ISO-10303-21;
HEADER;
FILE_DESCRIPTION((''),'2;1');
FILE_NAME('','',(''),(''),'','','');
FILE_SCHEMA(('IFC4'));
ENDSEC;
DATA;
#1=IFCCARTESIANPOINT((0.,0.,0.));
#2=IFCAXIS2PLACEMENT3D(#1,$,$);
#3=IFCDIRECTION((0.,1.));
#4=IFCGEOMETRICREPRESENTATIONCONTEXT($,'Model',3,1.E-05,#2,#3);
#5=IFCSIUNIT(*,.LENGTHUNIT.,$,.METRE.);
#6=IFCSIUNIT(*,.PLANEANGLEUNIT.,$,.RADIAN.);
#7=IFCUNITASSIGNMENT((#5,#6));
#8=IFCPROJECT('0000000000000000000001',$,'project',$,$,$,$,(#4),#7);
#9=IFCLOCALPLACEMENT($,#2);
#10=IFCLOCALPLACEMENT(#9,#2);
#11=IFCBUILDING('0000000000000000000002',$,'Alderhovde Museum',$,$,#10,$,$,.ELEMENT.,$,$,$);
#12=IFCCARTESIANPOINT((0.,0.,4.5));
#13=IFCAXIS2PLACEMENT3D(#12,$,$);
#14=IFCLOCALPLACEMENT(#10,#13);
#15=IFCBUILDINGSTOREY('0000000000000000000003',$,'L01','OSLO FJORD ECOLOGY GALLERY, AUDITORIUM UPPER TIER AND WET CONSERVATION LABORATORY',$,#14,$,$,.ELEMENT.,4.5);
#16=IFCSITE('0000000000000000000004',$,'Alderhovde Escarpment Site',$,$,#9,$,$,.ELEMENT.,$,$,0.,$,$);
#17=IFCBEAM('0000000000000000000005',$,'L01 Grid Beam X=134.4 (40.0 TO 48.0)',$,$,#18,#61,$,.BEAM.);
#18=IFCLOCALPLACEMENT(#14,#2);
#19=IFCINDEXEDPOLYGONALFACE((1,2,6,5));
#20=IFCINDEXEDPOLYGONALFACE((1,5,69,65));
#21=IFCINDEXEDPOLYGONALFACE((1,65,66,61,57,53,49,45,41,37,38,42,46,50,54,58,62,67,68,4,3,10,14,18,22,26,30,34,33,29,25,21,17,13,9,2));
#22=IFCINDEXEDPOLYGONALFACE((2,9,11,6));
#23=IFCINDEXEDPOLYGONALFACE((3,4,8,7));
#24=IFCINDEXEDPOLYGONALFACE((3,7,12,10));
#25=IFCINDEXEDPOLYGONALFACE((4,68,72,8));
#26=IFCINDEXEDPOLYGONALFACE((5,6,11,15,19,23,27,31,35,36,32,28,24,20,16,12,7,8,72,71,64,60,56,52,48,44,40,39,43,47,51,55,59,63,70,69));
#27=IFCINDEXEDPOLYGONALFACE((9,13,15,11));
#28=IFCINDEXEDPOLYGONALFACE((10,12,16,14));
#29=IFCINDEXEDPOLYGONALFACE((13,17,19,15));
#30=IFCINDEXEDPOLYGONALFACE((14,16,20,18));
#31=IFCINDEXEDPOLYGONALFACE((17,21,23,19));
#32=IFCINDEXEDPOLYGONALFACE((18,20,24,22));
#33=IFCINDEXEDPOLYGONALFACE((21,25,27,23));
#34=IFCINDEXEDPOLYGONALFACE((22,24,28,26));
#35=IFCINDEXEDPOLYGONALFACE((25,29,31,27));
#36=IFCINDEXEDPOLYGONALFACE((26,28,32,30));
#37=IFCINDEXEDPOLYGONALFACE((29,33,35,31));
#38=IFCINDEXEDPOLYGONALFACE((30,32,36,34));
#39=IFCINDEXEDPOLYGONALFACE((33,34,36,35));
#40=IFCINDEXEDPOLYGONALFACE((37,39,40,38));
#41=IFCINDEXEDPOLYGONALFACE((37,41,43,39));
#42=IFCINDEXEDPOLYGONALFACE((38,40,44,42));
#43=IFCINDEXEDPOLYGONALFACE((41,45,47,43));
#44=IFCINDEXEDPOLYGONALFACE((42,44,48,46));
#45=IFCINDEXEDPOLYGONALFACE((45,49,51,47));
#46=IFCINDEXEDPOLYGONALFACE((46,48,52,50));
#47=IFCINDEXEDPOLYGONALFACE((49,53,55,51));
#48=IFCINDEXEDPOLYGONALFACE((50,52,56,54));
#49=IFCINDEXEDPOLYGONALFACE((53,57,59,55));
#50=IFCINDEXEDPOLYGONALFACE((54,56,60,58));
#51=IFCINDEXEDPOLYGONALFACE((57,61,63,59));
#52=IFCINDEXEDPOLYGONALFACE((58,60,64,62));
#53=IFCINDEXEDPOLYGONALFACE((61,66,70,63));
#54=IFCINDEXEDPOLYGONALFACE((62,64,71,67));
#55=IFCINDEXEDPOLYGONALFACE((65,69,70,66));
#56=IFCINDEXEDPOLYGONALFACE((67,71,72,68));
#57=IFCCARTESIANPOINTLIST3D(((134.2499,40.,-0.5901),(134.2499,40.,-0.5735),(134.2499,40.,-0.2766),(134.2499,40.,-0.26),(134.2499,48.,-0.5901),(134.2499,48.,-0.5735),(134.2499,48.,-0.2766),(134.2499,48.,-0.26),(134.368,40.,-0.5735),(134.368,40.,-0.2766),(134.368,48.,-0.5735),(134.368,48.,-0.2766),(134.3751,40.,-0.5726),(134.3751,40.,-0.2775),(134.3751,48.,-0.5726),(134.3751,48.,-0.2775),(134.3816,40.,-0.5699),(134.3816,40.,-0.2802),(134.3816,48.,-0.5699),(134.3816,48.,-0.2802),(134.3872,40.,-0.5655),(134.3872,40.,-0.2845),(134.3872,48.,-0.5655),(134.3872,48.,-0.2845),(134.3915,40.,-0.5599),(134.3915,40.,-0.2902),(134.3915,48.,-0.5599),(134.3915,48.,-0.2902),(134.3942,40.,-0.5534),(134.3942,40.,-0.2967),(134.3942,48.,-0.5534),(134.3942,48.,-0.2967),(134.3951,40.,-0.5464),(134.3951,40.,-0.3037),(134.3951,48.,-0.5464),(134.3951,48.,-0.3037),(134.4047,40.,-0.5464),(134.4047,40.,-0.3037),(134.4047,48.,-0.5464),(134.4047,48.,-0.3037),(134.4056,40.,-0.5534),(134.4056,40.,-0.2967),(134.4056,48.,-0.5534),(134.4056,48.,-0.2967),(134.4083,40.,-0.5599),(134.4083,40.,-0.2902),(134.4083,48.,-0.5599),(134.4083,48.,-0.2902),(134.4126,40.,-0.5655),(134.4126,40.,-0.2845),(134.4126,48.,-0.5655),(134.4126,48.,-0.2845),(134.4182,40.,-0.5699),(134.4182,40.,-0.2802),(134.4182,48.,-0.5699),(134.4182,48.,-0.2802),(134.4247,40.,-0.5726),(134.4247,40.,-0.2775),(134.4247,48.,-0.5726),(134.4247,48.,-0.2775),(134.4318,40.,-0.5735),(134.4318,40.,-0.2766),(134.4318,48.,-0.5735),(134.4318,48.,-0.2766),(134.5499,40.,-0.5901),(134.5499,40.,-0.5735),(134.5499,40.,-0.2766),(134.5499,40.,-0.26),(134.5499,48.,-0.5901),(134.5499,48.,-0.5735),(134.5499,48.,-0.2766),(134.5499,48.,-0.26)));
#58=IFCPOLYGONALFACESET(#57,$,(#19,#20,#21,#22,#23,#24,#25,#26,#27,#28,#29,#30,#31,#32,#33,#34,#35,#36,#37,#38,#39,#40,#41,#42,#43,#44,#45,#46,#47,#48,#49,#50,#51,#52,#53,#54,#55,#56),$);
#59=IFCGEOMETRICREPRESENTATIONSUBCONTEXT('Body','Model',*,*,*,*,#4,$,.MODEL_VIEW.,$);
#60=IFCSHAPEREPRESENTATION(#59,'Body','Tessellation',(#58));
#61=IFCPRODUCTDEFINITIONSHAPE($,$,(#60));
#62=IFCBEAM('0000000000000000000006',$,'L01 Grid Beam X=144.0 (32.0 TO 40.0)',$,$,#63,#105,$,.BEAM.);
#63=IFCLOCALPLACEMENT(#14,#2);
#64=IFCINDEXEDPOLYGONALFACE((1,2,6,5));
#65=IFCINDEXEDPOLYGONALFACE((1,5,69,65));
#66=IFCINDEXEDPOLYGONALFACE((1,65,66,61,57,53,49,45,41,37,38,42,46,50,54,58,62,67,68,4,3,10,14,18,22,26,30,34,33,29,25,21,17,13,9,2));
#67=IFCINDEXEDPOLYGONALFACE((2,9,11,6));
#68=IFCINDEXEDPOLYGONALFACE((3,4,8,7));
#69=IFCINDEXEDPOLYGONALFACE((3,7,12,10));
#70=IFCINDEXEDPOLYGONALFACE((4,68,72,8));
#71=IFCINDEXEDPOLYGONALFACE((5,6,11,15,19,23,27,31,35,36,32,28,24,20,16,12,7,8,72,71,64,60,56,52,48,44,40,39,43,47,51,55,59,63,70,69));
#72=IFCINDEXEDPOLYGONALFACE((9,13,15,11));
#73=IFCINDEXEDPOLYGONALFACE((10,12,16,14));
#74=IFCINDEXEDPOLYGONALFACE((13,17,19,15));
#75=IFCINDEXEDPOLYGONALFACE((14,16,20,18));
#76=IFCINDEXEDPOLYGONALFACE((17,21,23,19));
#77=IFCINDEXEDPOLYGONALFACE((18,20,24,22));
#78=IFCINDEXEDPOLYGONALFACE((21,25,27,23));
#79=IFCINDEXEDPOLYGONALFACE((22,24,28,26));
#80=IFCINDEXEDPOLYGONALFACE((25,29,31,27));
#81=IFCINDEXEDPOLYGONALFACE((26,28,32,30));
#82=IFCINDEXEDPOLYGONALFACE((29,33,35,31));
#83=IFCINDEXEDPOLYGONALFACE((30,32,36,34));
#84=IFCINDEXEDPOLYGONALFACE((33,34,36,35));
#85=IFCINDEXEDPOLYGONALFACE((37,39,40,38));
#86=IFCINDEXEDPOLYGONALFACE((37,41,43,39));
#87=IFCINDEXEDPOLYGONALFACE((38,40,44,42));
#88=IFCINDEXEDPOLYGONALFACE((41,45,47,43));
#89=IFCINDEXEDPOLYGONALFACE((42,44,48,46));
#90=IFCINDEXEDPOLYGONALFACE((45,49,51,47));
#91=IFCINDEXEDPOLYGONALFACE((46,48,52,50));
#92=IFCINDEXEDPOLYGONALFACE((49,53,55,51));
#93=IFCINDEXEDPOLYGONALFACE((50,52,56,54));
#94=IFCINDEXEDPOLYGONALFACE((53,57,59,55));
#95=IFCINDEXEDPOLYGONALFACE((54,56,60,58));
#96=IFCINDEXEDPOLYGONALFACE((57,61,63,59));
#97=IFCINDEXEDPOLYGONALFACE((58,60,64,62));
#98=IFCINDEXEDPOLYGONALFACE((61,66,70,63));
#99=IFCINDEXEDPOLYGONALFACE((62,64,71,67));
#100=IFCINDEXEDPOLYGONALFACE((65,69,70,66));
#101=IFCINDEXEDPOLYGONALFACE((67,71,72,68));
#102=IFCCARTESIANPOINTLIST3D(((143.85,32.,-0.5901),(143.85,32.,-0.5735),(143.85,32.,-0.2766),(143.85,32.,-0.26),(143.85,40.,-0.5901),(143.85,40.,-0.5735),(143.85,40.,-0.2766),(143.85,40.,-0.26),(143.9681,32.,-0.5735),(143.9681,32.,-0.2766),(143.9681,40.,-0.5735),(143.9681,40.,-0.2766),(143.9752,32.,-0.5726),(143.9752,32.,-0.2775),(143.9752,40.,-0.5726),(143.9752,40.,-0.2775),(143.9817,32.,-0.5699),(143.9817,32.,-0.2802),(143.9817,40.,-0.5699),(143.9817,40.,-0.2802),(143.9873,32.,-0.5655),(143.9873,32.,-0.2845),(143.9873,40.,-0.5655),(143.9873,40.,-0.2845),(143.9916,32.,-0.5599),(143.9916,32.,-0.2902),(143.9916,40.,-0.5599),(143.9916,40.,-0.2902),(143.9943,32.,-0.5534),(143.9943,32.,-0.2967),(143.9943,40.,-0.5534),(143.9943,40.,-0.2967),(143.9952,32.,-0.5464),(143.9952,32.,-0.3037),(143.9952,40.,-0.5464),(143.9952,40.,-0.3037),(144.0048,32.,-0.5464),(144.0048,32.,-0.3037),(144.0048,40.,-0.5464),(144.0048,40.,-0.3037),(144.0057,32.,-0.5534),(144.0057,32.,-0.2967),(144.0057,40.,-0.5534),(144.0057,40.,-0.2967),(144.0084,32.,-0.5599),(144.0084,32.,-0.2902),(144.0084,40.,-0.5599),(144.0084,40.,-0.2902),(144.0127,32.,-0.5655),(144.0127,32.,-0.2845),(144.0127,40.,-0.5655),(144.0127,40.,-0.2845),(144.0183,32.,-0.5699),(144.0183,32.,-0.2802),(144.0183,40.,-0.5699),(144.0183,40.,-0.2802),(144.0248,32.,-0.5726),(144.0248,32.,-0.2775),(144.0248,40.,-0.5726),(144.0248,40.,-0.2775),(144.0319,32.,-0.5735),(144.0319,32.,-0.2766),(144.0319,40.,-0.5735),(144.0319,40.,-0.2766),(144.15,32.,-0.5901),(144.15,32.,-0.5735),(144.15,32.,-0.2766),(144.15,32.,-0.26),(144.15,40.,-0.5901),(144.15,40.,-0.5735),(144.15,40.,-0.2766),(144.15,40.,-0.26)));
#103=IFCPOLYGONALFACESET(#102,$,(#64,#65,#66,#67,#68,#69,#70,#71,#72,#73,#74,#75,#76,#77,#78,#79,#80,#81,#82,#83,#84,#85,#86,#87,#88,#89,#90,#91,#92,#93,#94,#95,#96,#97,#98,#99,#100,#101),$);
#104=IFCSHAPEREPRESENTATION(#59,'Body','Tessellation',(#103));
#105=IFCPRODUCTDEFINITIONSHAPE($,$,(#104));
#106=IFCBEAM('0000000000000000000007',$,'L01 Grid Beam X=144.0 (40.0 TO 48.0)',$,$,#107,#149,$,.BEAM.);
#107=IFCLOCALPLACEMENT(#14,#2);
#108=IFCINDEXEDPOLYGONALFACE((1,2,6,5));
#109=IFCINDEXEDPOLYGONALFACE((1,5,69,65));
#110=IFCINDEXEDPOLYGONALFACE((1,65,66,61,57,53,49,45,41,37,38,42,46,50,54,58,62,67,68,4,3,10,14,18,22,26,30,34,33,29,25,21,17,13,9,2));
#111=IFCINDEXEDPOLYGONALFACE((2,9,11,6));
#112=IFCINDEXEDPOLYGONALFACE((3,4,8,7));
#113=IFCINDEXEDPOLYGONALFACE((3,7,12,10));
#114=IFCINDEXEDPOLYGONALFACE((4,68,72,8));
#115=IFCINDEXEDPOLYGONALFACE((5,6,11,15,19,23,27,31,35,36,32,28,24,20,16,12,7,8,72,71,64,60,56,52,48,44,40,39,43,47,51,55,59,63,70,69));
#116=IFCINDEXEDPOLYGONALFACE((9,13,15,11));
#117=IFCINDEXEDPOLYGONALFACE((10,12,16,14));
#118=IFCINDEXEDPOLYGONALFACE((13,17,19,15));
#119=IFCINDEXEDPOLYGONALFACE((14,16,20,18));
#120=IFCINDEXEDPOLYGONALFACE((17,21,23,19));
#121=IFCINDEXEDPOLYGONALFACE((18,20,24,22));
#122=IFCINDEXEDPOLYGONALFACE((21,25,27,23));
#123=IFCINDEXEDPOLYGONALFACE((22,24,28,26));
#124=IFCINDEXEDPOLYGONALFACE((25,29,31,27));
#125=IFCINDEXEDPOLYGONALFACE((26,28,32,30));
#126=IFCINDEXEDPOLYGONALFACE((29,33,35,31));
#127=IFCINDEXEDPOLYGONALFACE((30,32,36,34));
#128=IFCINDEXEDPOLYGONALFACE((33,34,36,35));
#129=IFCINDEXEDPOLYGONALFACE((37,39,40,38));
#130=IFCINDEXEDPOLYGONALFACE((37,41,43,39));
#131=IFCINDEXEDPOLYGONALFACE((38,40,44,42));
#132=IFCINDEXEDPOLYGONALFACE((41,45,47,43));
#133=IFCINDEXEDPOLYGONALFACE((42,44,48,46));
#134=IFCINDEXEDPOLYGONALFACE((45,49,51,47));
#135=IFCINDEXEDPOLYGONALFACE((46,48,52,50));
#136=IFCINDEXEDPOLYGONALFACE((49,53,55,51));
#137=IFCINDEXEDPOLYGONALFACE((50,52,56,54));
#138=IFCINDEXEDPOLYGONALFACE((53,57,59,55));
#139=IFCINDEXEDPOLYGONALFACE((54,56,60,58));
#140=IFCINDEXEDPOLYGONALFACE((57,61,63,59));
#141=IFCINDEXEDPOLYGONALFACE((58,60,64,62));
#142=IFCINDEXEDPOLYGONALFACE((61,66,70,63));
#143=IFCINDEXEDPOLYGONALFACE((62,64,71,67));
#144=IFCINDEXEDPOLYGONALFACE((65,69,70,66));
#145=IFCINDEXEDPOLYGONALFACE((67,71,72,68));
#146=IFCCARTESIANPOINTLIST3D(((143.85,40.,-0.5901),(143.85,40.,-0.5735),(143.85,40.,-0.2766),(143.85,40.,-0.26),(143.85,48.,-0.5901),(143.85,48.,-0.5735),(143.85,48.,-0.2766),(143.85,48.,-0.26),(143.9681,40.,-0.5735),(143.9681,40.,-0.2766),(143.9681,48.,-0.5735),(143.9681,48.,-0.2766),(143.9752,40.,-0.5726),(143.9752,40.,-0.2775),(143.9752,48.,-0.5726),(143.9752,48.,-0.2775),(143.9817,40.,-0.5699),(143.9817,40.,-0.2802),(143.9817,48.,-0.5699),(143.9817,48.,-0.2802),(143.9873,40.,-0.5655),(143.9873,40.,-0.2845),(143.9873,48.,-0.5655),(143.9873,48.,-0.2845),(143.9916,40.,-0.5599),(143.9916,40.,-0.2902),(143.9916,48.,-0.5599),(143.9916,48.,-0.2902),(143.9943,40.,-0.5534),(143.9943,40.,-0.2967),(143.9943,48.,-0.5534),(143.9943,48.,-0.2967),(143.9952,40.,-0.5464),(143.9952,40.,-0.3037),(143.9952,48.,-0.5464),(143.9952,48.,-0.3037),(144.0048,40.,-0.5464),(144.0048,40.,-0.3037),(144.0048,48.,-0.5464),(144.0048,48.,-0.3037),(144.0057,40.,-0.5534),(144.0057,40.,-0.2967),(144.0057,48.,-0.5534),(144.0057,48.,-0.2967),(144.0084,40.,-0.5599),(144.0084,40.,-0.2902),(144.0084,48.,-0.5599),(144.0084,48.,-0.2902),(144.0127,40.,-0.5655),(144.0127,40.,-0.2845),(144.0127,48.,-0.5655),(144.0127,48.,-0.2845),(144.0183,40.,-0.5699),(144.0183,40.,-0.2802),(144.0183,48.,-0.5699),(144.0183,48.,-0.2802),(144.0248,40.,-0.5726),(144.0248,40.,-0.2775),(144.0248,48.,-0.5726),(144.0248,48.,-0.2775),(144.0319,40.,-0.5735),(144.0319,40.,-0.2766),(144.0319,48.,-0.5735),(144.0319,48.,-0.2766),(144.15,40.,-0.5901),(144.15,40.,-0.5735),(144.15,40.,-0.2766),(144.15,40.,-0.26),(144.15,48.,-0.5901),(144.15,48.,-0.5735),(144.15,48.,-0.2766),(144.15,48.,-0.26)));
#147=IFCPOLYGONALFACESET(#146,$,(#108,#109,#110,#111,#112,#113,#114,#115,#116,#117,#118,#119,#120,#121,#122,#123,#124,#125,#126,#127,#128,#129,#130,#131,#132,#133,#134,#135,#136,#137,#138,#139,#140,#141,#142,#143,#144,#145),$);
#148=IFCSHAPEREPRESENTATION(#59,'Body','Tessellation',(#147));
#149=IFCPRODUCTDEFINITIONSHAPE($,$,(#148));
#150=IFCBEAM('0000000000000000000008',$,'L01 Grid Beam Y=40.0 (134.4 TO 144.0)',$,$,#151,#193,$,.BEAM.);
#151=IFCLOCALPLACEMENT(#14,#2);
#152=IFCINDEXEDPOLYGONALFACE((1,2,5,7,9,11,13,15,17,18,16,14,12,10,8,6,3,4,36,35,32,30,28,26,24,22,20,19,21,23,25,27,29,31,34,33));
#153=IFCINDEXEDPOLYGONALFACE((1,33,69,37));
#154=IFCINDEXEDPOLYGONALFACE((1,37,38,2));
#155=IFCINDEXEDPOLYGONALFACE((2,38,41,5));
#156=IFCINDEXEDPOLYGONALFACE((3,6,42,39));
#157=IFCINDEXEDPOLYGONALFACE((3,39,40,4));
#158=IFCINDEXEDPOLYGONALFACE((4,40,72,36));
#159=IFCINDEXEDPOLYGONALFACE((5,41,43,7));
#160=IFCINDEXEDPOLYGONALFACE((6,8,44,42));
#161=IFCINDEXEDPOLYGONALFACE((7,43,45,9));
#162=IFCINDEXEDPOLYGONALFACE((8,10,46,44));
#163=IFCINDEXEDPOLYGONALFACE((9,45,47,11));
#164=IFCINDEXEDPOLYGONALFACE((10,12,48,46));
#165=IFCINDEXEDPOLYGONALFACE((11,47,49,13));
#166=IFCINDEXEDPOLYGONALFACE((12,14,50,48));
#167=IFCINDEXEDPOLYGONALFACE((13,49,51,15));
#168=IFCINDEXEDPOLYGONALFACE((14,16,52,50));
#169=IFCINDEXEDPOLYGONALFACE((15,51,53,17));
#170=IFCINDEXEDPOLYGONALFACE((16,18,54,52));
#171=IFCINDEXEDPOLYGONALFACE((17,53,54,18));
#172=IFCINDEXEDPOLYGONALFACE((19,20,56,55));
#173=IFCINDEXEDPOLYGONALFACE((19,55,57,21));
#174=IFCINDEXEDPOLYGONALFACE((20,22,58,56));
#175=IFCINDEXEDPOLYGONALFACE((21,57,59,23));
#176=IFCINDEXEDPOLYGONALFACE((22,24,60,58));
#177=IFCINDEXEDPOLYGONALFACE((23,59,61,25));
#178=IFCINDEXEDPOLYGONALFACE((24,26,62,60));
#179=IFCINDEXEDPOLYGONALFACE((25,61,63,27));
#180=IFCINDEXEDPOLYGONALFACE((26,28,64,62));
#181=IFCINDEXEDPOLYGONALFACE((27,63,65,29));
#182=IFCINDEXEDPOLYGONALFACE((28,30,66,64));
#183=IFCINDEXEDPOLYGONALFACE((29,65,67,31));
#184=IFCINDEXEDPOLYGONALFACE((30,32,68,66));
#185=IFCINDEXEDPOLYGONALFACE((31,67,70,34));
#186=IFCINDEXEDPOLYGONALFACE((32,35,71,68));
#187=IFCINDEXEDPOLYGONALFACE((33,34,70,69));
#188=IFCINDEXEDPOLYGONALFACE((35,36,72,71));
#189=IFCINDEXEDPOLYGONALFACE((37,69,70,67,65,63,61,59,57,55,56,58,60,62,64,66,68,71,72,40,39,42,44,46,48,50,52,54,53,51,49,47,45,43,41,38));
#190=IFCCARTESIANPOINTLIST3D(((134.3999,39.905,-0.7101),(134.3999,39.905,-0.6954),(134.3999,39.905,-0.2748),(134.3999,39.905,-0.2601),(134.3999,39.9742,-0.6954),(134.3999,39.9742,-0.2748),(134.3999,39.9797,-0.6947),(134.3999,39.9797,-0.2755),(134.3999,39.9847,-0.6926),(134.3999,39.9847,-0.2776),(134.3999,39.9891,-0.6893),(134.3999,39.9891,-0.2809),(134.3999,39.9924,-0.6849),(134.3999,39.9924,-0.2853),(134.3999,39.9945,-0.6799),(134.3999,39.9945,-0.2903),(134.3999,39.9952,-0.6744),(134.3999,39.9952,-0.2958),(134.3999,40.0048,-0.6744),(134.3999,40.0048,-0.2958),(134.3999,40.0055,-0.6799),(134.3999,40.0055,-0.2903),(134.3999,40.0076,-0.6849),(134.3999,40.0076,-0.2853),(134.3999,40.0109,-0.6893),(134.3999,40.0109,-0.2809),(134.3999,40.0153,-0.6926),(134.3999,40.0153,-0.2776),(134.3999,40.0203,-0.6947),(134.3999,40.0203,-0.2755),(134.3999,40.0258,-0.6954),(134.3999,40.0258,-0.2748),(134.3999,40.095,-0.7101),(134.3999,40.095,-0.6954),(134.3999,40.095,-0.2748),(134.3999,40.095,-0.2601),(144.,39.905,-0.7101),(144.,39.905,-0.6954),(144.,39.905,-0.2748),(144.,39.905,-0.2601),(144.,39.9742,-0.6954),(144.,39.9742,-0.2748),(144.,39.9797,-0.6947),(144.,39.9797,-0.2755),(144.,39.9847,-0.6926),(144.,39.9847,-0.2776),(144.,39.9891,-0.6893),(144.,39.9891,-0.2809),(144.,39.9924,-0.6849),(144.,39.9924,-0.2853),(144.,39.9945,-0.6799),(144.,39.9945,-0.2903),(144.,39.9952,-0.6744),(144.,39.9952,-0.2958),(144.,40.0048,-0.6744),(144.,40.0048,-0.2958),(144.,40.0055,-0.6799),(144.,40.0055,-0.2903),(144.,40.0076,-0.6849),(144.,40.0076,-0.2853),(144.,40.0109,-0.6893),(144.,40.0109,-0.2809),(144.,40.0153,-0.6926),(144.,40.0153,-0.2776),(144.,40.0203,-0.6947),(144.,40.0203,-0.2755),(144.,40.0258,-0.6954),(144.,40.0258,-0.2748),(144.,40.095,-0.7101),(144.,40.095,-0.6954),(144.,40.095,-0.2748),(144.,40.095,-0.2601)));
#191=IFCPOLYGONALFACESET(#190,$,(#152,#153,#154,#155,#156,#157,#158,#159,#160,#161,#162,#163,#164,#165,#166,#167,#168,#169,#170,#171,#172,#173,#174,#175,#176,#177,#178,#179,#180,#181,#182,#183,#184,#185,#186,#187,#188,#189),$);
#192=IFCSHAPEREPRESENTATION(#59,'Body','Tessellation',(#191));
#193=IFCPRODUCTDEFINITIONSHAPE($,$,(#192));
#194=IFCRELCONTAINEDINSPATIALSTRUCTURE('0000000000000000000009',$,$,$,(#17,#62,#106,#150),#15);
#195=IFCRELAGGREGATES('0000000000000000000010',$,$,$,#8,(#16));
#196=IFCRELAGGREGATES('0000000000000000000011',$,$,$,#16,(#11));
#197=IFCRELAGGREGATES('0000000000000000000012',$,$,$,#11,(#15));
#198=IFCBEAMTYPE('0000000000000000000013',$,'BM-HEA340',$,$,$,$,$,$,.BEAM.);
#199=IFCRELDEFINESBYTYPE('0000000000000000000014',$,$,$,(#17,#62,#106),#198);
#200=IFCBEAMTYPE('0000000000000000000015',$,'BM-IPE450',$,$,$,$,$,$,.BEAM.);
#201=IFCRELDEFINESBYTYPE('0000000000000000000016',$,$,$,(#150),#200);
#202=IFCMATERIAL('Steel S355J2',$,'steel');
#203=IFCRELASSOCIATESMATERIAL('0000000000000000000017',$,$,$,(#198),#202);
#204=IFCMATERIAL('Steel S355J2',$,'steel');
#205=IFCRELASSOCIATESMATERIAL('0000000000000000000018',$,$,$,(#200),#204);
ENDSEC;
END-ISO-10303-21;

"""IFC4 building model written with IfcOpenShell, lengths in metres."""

from ifc_helpers import new_model, si_unit, direction, frame, origin, origin_2d, place, context, subcontext, project, spatial, i_section, extrude, material, material_profile, profile_set, type_object, element, save


model = new_model("IFC4")

# Units and contexts
model_context = context("Model", 3, precision=1e-05, world=origin(), true_north=direction((0.0, 1.0)))
body_context = subcontext(model_context, "Body", "Model", "MODEL_VIEW")
ifc_project = project(units=[si_unit("LENGTHUNIT", "METRE"), si_unit("PLANEANGLEUNIT", "RADIAN")], contexts=[model_context])

# Site, building, storey
site_placement = place(None, origin())
site = spatial("IfcSite", under=ifc_project, at=site_placement, Name="Alderhovde Escarpment Site", CompositionType="ELEMENT", RefElevation=0.0)
building_placement = place(site_placement, origin())
building = spatial("IfcBuilding", under=site, at=building_placement, Name="Alderhovde Museum", CompositionType="ELEMENT")
storey_placement = place(building_placement, frame((0.0, 0.0, 4.5)))
storey = spatial("IfcBuildingStorey", under=building, at=storey_placement, Name="L01", Description="OSLO FJORD ECOLOGY GALLERY, AUDITORIUM UPPER TIER AND WET CONSERVATION LABORATORY", CompositionType="ELEMENT", Elevation=4.5)

# Beams
ifc_material_1 = material(Name="Steel S355J2", Category="steel")
ifc_material_profile_1 = material_profile(ifc_material_1, i_section(OverallWidth=0.3, OverallDepth=0.3301, WebThickness=0.0095, FlangeThickness=0.0166, FilletRadius=0.0271, at=origin_2d()), Name="HEA 340")
ifc_profile_set_1 = profile_set([ifc_material_profile_1], Name="Steel S355J2")
beam_type_1 = type_object("IfcBeamType", Name="BM-HEA340", PredefinedType="BEAM", material=ifc_profile_set_1)
for number, where, z_axis, x_axis, name in (
    (1, (134.3999, 40.0, -0.425), (0.0, 1.0, 0.0), (-1.0, 0.0, 0.0), "L01 Grid Beam X=134.4 (40.0 TO 48.0)"),
    (2, (144.0, 32.0, -0.425), (0.0, 1.0, 0.0), (-1.0, 0.0, 0.0), "L01 Grid Beam X=144.0 (32.0 TO 40.0)"),
    (3, (144.0, 40.0, -0.425), (0.0, 1.0, 0.0), (-1.0, 0.0, 0.0), "L01 Grid Beam X=144.0 (40.0 TO 48.0)"),
):
    element("IfcBeam", number, at=place(storey_placement, frame(where, z_axis=z_axis, x_axis=x_axis)), inside=storey, type_object=beam_type_1, Name=name, PredefinedType="BEAM", context=body_context, shape_type="SweptSolid", body=[
        extrude(i_section(OverallWidth=0.3, OverallDepth=0.3301, WebThickness=0.0095, FlangeThickness=0.0166, FilletRadius=0.0271, at=origin_2d()), origin(), (0.0, 0.0, 1.0), 8.0),
    ])
ifc_material_2 = material(Name="Steel S355J2", Category="steel")
ifc_material_profile_2 = material_profile(ifc_material_2, i_section(OverallWidth=0.1899, OverallDepth=0.45, WebThickness=0.0095, FlangeThickness=0.0146, FilletRadius=0.021, at=origin_2d()), Name="IPE 450")
ifc_profile_set_2 = profile_set([ifc_material_profile_2], Name="Steel S355J2")
beam_type_2 = type_object("IfcBeamType", Name="BM-IPE450", PredefinedType="BEAM", material=ifc_profile_set_2)
for number, where, z_axis, x_axis, name in (
    (4, (134.3999, 40.0, -0.4851), (1.0, 0.0, 0.0), (0.0, 1.0, 0.0), "L01 Grid Beam Y=40.0 (134.4 TO 144.0)"),
):
    element("IfcBeam", number, at=place(storey_placement, frame(where, z_axis=z_axis, x_axis=x_axis)), inside=storey, type_object=beam_type_2, Name=name, PredefinedType="BEAM", context=body_context, shape_type="SweptSolid", body=[
        extrude(i_section(OverallWidth=0.1899, OverallDepth=0.45, WebThickness=0.0095, FlangeThickness=0.0146, FilletRadius=0.021, at=origin_2d()), origin(), (0.0, 0.0, 1.0), 9.6001),
    ])

save(model, "model.ifc")
